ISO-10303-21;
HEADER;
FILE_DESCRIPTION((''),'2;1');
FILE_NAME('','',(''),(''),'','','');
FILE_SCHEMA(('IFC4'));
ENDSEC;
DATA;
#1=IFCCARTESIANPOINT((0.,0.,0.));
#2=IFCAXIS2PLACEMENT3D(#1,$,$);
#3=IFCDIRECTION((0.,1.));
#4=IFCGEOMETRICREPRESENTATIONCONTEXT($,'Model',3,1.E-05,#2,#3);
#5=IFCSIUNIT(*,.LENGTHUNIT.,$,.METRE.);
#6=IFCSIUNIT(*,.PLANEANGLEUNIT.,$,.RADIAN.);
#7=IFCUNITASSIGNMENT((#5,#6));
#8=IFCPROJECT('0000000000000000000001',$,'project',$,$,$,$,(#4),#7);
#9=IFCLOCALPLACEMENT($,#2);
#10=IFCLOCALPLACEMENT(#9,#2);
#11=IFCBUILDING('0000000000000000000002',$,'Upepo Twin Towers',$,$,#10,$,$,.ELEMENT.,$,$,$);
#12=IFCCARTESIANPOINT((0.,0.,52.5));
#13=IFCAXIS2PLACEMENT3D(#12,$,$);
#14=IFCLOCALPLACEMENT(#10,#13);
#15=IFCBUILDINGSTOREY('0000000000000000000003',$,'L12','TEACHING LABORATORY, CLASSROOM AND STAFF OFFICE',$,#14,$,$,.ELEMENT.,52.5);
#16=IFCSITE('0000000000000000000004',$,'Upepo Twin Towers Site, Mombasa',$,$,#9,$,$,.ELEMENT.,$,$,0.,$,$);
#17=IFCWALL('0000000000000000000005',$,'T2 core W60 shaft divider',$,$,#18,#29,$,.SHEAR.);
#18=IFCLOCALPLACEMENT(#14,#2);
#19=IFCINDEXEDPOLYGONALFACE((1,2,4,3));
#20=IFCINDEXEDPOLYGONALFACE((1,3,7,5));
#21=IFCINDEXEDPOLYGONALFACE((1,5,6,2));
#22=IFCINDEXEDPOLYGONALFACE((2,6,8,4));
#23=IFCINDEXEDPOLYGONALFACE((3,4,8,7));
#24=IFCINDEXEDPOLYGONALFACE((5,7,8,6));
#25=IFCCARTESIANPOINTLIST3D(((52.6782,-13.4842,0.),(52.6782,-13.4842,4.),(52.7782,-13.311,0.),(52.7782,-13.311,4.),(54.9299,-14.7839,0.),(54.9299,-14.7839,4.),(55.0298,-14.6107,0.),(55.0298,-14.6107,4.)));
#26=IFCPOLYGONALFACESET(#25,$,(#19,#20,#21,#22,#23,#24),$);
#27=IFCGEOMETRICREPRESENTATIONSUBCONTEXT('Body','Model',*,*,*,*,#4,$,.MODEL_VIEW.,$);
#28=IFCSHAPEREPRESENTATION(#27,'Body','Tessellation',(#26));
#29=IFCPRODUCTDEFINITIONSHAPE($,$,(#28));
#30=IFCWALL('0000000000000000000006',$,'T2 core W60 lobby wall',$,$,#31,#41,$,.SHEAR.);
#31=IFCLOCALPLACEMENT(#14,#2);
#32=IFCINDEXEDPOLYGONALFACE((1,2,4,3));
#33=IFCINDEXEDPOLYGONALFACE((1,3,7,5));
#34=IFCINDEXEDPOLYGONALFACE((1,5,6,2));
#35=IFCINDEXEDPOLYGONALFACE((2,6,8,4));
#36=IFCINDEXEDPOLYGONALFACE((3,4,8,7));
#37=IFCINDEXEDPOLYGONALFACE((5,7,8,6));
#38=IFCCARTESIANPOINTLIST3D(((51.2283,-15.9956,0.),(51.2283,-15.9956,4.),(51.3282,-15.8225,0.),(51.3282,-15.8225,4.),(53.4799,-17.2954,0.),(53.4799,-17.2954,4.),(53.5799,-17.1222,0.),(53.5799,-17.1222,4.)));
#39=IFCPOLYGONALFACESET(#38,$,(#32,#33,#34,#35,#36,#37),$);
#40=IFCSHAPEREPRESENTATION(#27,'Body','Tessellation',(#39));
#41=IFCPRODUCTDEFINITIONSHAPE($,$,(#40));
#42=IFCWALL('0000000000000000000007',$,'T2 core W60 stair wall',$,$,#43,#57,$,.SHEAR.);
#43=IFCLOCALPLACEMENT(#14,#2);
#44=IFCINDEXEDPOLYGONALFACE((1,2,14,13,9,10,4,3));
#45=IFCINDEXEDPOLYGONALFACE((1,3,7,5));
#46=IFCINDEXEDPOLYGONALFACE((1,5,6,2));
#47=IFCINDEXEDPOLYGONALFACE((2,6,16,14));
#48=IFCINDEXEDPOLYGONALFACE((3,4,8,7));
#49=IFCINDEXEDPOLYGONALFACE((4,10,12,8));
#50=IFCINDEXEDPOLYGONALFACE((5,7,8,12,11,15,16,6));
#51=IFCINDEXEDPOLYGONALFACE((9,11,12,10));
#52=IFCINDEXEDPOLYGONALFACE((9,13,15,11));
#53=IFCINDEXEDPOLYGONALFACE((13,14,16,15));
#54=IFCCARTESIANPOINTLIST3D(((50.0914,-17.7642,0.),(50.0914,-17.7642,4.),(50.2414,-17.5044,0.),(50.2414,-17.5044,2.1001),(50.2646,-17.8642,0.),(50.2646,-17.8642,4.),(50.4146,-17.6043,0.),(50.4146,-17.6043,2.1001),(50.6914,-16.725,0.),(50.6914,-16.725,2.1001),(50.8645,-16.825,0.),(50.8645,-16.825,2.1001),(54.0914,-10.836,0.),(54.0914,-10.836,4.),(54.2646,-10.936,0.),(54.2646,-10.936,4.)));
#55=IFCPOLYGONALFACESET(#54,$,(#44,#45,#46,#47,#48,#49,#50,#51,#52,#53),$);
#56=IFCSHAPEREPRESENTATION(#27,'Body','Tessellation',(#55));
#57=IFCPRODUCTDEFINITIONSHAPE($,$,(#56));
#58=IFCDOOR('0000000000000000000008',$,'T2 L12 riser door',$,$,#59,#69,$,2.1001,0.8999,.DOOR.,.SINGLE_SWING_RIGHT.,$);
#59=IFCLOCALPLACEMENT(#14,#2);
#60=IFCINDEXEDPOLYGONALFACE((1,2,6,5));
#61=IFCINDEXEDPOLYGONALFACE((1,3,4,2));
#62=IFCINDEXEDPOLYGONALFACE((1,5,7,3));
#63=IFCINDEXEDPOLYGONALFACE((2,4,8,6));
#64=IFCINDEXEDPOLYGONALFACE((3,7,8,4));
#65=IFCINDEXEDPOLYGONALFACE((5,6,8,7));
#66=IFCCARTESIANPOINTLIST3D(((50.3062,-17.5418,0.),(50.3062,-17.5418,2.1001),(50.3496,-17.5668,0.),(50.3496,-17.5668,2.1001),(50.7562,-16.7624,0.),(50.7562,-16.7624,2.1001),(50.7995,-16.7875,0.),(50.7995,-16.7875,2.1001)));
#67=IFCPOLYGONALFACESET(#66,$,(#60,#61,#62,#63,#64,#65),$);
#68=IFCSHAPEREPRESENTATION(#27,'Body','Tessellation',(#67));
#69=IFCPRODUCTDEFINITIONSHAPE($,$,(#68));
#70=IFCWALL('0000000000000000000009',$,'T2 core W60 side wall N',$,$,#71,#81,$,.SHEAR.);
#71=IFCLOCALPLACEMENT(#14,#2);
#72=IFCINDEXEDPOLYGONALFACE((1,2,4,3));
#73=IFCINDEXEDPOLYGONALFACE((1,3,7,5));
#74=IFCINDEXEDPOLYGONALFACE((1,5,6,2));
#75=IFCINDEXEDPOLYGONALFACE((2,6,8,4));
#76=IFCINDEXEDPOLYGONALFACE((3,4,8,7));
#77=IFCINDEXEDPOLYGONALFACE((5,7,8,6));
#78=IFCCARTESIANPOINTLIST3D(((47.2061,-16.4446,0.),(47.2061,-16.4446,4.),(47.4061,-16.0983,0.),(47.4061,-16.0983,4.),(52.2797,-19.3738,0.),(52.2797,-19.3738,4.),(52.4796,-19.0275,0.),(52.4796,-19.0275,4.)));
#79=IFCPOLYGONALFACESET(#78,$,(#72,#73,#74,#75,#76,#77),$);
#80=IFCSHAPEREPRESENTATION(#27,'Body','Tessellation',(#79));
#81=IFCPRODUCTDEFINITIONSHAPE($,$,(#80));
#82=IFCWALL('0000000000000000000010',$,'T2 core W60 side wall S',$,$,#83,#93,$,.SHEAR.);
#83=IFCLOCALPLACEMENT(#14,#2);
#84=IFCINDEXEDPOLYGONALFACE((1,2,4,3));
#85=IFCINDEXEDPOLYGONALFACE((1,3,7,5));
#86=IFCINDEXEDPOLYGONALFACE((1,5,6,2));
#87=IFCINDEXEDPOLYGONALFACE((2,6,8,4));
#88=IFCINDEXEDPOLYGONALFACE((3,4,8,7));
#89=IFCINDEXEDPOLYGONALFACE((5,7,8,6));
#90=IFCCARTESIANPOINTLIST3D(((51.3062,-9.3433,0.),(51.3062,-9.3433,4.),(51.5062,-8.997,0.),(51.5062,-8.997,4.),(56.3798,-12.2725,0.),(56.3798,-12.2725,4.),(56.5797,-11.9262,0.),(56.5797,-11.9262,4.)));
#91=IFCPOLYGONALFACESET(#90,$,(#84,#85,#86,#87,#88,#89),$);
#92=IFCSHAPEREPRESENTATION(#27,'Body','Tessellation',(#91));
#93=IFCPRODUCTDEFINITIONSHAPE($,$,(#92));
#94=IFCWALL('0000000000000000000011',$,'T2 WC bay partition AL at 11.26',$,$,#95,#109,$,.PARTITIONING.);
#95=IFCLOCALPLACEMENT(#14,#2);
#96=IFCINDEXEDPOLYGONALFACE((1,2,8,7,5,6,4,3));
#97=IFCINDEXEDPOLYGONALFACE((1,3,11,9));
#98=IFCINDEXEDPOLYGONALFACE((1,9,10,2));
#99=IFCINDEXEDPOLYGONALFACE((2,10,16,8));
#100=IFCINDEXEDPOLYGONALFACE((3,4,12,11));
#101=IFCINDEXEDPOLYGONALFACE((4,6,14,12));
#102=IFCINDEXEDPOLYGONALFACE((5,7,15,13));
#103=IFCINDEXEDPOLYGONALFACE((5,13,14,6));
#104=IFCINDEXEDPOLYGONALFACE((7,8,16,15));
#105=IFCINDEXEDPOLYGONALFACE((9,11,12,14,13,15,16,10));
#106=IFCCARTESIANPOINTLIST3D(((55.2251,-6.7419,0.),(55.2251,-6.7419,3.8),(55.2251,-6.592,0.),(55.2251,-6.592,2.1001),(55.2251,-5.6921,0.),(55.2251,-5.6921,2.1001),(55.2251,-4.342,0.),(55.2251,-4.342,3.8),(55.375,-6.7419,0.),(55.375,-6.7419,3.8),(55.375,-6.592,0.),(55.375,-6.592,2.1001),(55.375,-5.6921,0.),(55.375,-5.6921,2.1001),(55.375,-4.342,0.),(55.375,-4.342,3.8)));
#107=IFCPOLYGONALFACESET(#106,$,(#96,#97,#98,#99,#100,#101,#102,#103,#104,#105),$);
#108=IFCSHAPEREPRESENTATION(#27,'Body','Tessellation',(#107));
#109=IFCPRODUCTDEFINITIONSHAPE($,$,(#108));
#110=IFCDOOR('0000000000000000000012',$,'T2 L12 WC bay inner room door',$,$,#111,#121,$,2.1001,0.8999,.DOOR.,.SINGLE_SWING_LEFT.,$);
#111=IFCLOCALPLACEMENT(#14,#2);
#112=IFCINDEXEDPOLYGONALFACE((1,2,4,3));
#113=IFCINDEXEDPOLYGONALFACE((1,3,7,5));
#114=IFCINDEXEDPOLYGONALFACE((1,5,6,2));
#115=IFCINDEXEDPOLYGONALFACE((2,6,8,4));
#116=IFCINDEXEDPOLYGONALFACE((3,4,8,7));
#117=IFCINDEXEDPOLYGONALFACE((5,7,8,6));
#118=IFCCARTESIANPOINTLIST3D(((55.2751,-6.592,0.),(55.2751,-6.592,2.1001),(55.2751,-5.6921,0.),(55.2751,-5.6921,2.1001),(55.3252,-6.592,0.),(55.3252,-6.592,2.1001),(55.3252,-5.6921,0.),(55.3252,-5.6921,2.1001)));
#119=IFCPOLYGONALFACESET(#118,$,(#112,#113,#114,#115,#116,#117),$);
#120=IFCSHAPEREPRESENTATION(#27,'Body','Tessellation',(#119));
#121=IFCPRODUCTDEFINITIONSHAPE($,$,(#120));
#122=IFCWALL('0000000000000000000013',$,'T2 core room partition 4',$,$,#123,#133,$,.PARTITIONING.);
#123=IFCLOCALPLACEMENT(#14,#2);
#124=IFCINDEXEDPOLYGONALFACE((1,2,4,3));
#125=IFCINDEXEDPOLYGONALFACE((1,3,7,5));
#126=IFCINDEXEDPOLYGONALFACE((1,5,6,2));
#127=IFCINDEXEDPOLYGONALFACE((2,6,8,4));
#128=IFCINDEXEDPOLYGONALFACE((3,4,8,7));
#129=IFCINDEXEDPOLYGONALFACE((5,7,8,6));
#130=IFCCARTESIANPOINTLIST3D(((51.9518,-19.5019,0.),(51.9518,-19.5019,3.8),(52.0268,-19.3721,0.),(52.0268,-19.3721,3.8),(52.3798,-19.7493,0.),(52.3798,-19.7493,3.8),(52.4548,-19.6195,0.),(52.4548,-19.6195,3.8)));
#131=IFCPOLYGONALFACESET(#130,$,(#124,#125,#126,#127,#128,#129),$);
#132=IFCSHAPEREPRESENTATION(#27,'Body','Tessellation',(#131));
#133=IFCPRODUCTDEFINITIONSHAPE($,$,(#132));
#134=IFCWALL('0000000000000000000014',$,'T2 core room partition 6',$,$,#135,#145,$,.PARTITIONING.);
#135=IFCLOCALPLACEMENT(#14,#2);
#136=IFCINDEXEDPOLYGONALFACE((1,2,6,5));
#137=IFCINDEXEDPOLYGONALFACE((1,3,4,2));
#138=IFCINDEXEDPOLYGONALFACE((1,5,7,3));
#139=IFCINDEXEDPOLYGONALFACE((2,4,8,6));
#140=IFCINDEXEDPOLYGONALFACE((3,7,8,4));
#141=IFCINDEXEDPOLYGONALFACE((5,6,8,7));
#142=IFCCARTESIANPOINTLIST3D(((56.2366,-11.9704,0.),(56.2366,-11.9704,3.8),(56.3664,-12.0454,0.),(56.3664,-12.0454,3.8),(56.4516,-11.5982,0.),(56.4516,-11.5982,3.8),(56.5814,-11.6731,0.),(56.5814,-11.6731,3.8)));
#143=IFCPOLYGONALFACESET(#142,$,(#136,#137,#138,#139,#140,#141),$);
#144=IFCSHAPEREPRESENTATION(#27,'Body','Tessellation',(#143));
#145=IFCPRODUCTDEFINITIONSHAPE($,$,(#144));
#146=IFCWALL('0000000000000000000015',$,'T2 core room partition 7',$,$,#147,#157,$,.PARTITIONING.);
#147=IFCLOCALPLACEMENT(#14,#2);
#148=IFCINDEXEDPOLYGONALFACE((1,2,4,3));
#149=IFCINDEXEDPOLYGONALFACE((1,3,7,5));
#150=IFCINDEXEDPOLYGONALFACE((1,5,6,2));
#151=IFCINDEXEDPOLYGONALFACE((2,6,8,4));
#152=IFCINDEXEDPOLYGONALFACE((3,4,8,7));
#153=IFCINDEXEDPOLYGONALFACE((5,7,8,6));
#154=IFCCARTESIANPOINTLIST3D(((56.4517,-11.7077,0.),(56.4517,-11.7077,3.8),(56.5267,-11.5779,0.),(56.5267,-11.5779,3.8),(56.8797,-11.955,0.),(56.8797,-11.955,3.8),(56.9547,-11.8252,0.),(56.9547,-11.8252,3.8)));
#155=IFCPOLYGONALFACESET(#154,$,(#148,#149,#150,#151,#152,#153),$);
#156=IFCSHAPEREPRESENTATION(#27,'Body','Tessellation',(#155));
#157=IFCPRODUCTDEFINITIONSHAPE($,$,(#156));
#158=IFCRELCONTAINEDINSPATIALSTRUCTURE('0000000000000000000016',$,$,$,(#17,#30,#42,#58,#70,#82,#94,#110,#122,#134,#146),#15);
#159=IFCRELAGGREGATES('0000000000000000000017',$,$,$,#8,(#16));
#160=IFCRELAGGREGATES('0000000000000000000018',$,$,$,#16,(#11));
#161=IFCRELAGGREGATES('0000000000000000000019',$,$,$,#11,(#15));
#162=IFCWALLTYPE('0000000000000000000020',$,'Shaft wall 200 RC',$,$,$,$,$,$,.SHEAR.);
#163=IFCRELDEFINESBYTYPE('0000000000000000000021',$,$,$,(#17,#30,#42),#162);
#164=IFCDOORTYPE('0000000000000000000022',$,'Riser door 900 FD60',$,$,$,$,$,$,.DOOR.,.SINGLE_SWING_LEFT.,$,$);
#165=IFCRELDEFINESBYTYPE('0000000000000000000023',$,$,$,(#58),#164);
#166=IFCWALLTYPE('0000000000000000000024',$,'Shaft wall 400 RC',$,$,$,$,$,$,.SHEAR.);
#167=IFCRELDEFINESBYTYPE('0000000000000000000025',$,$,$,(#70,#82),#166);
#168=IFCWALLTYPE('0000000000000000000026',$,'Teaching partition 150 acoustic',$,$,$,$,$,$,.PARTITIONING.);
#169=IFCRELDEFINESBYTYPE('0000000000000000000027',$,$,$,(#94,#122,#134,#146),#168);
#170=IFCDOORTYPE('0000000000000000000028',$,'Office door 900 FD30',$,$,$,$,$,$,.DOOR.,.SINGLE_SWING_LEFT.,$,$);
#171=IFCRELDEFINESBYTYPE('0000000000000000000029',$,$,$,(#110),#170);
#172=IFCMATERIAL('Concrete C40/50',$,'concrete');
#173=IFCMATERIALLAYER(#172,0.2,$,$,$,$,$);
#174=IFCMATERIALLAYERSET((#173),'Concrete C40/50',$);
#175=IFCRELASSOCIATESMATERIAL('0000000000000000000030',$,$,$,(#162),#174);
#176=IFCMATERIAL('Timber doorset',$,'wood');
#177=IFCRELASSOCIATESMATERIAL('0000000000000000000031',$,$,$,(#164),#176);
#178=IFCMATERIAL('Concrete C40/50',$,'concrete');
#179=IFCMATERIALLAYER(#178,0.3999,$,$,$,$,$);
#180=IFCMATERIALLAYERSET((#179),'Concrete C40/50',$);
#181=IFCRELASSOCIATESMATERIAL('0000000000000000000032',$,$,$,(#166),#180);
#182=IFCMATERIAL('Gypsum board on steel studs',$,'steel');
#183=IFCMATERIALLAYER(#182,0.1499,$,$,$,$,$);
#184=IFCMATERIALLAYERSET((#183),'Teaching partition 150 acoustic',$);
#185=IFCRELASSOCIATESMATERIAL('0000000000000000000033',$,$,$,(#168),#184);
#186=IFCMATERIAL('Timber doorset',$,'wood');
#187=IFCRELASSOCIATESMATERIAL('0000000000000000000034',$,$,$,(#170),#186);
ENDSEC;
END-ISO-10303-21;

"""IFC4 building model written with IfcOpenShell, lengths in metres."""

from ifc_helpers import new_model, si_unit, direction, frame, frame_2d, origin, place, context, subcontext, project, spatial, rectangle, extrude, material, layer, layer_set, type_object, element, fill, save


model = new_model("IFC4")

# Units and contexts
model_context = context("Model", 3, precision=1e-05, world=origin(), true_north=direction((0.0, 1.0)))
body_context = subcontext(model_context, "Body", "Model", "MODEL_VIEW")
ifc_project = project(units=[si_unit("LENGTHUNIT", "METRE"), si_unit("PLANEANGLEUNIT", "RADIAN")], contexts=[model_context])

# Site, building, storey
site_placement = place(None, origin())
site = spatial("IfcSite", under=ifc_project, at=site_placement, Name="Upepo Twin Towers Site, Mombasa", CompositionType="ELEMENT", RefElevation=0.0)
building_placement = place(site_placement, origin())
building = spatial("IfcBuilding", under=site, at=building_placement, Name="Upepo Twin Towers", CompositionType="ELEMENT")
storey_placement = place(building_placement, frame((0.0, 0.0, 52.5)))
storey = spatial("IfcBuildingStorey", under=building, at=storey_placement, Name="L12", Description="TEACHING LABORATORY, CLASSROOM AND STAFF OFFICE", CompositionType="ELEMENT", Elevation=52.5)

# Shared definitions
ifc_material_1 = material(Name="Concrete C40/50", Category="concrete")
ifc_layer_1 = layer(ifc_material_1, 0.2)
ifc_layer_set_1 = layer_set([ifc_layer_1], Name="Concrete C40/50")
wall_type_1 = type_object("IfcWallType", Name="Shaft wall 200 RC", PredefinedType="SHEAR", material=ifc_layer_set_1)

# Walls
for number, where, z_axis, x_axis, name in (
    (1, (54.9797, -14.6973, 0.0), (0.0, 0.0, 1.0), (-0.866062, 0.499937, 0.0), "T2 core W60 shaft divider"),
    (2, (53.5298, -17.2087, 0.0), (0.0, 0.0, 1.0), (-0.866062, 0.499937, 0.0), "T2 core W60 lobby wall"),
):
    element("IfcWall", number, at=place(storey_placement, frame(where, z_axis=z_axis, x_axis=x_axis)), inside=storey, type_object=wall_type_1, Name=name, PredefinedType="SHEAR", context=body_context, shape_type="SweptSolid", body=[
        extrude(rectangle(XDim=2.5999, YDim=0.2, at=frame_2d((1.2998, 0.0))), origin(), (0.0, 0.0, 1.0), 4.0),
    ])

# Wall, opening, door
wall_1_placement = place(storey_placement, frame((54.178, -10.886, 0.0), z_axis=(0.0, 0.0, 1.0), x_axis=(-0.499999, -0.866026, 0.0)))
wall_1 = element("IfcWall", 3, at=wall_1_placement, inside=storey, type_object=wall_type_1, Name="T2 core W60 stair wall", PredefinedType="SHEAR", context=body_context, shape_type="SweptSolid", body=[
    extrude(rectangle(XDim=8.0, YDim=0.2, at=frame_2d((4.0, 0.0))), origin(), (0.0, 0.0, 1.0), 4.0),
])
opening_1_placement = place(wall_1_placement, frame((6.8, 0.0, 0.0)))
opening_1 = element("IfcOpeningElement", 4, at=opening_1_placement, cuts=wall_1, PredefinedType="OPENING", context=body_context, shape_type="SweptSolid", body=[
    extrude(rectangle(XDim=0.8999, YDim=2.1001, at=frame_2d((0.45, 1.05))), frame((0.0, 0.1099, 0.0), z_axis=(0.0, -1.0, 0.0), x_axis=(1.0, 0.0, 0.0)), (0.0, 0.0, 1.0), 0.22),
])
ifc_material_2 = material(Name="Timber doorset", Category="wood")
door_type_1 = type_object("IfcDoorType", Name="Riser door 900 FD60", OperationType="SINGLE_SWING_LEFT", PredefinedType="DOOR", material=ifc_material_2)
door_1_placement = place(opening_1_placement, origin())
door_1 = element("IfcDoor", 5, at=door_1_placement, inside=storey, type_object=door_type_1, Name="T2 L12 riser door", OperationType="SINGLE_SWING_RIGHT", OverallHeight=2.1001, OverallWidth=0.8999, PredefinedType="DOOR", context=body_context, shape_type="SweptSolid", body=[
    extrude(rectangle(XDim=0.8999, YDim=2.1001, at=frame_2d((0.45, 1.05))), frame((0.0, 0.0249, 0.0), z_axis=(0.0, -1.0, 0.0), x_axis=(1.0, 0.0, 0.0)), (0.0, 0.0, 1.0), 0.05),
])
fill(opening_1, door_1)

# Walls
ifc_material_3 = material(Name="Concrete C40/50", Category="concrete")
ifc_layer_2 = layer(ifc_material_3, 0.3999)
ifc_layer_set_2 = layer_set([ifc_layer_2], Name="Concrete C40/50")
wall_type_2 = type_object("IfcWallType", Name="Shaft wall 400 RC", PredefinedType="SHEAR", material=ifc_layer_set_2)
for number, where, z_axis, x_axis, name in (
    (6, (52.3796, -19.2007, 0.0), (0.0, 0.0, 1.0), (-0.866024, 0.500003, 0.0), "T2 core W60 side wall N"),
    (7, (56.4797, -12.0994, 0.0), (0.0, 0.0, 1.0), (-0.866024, 0.500003, 0.0), "T2 core W60 side wall S"),
):
    element("IfcWall", number, at=place(storey_placement, frame(where, z_axis=z_axis, x_axis=x_axis)), inside=storey, type_object=wall_type_2, Name=name, PredefinedType="SHEAR", context=body_context, shape_type="SweptSolid", body=[
        extrude(rectangle(XDim=5.8584, YDim=0.3999, at=frame_2d((2.9292, 0.0))), origin(), (0.0, 0.0, 1.0), 4.0),
    ])

# Wall, opening, door
ifc_material_4 = material(Name="Gypsum board on steel studs", Category="steel")
ifc_layer_3 = layer(ifc_material_4, 0.1499)
ifc_layer_set_3 = layer_set([ifc_layer_3], Name="Teaching partition 150 acoustic")
wall_type_3 = type_object("IfcWallType", Name="Teaching partition 150 acoustic", PredefinedType="PARTITIONING", material=ifc_layer_set_3)
wall_2_placement = place(storey_placement, frame((55.3, -6.7419, 0.0), z_axis=(0.0, 0.0, 1.0), x_axis=(0.0, 1.0, 0.0)))
wall_2 = element("IfcWall", 8, at=wall_2_placement, inside=storey, type_object=wall_type_3, Name="T2 WC bay partition AL at 11.26", PredefinedType="PARTITIONING", context=body_context, shape_type="SweptSolid", body=[
    extrude(rectangle(XDim=2.3999, YDim=0.1499, at=frame_2d((1.2, 0.0))), origin(), (0.0, 0.0, 1.0), 3.8),
])
opening_2_placement = place(wall_2_placement, frame((0.1499, 0.0, 0.0)))
opening_2 = element("IfcOpeningElement", 9, at=opening_2_placement, cuts=wall_2, PredefinedType="OPENING", context=body_context, shape_type="SweptSolid", body=[
    extrude(rectangle(XDim=0.8999, YDim=2.1001, at=frame_2d((0.45, 1.05))), frame((0.0, 0.085, 0.0), z_axis=(0.0, -1.0, 0.0), x_axis=(1.0, 0.0, 0.0)), (0.0, 0.0, 1.0), 0.1699),
])
ifc_material_5 = material(Name="Timber doorset", Category="wood")
door_type_2 = type_object("IfcDoorType", Name="Office door 900 FD30", OperationType="SINGLE_SWING_LEFT", PredefinedType="DOOR", material=ifc_material_5)
door_2_placement = place(opening_2_placement, origin())
door_2 = element("IfcDoor", 10, at=door_2_placement, inside=storey, type_object=door_type_2, Name="T2 L12 WC bay inner room door", OperationType="SINGLE_SWING_LEFT", OverallHeight=2.1001, OverallWidth=0.8999, PredefinedType="DOOR", context=body_context, shape_type="SweptSolid", body=[
    extrude(rectangle(XDim=0.8999, YDim=2.1001, at=frame_2d((0.45, 1.05))), frame((0.0, 0.0249, 0.0), z_axis=(0.0, -1.0, 0.0), x_axis=(1.0, 0.0, 0.0)), (0.0, 0.0, 1.0), 0.05),
])
fill(opening_2, door_2)

# Walls
wall_3_placement = place(storey_placement, frame((52.4172, -19.6843, 0.0), z_axis=(0.0, 0.0, 1.0), x_axis=(-0.865832, 0.500335, 0.0)))
element("IfcWall", 11, at=wall_3_placement, inside=storey, type_object=wall_type_3, Name="T2 core room partition 4", PredefinedType="PARTITIONING", context=body_context, shape_type="SweptSolid", body=[
    extrude(rectangle(XDim=0.4944, YDim=0.1499, at=frame_2d((0.2471, 0.0))), origin(), (0.0, 0.0, 1.0), 3.8),
])
wall_4_placement = place(storey_placement, frame((56.3015, -12.0078, 0.0), z_axis=(0.0, 0.0, 1.0), x_axis=(0.50023, 0.865892, 0.0)))
element("IfcWall", 12, at=wall_4_placement, inside=storey, type_object=wall_type_3, Name="T2 core room partition 6", PredefinedType="PARTITIONING", context=body_context, shape_type="SweptSolid", body=[
    extrude(rectangle(XDim=0.4299, YDim=0.1499, at=frame_2d((0.2148, 0.0))), origin(), (0.0, 0.0, 1.0), 3.8),
])
wall_5_placement = place(storey_placement, frame((56.4893, -11.6428, 0.0), z_axis=(0.0, 0.0, 1.0), x_axis=(0.865832, -0.500335, 0.0)))
element("IfcWall", 13, at=wall_5_placement, inside=storey, type_object=wall_type_3, Name="T2 core room partition 7", PredefinedType="PARTITIONING", context=body_context, shape_type="SweptSolid", body=[
    extrude(rectangle(XDim=0.4944, YDim=0.1499, at=frame_2d((0.2471, 0.0))), origin(), (0.0, 0.0, 1.0), 3.8),
])

save(model, "model.ifc")
